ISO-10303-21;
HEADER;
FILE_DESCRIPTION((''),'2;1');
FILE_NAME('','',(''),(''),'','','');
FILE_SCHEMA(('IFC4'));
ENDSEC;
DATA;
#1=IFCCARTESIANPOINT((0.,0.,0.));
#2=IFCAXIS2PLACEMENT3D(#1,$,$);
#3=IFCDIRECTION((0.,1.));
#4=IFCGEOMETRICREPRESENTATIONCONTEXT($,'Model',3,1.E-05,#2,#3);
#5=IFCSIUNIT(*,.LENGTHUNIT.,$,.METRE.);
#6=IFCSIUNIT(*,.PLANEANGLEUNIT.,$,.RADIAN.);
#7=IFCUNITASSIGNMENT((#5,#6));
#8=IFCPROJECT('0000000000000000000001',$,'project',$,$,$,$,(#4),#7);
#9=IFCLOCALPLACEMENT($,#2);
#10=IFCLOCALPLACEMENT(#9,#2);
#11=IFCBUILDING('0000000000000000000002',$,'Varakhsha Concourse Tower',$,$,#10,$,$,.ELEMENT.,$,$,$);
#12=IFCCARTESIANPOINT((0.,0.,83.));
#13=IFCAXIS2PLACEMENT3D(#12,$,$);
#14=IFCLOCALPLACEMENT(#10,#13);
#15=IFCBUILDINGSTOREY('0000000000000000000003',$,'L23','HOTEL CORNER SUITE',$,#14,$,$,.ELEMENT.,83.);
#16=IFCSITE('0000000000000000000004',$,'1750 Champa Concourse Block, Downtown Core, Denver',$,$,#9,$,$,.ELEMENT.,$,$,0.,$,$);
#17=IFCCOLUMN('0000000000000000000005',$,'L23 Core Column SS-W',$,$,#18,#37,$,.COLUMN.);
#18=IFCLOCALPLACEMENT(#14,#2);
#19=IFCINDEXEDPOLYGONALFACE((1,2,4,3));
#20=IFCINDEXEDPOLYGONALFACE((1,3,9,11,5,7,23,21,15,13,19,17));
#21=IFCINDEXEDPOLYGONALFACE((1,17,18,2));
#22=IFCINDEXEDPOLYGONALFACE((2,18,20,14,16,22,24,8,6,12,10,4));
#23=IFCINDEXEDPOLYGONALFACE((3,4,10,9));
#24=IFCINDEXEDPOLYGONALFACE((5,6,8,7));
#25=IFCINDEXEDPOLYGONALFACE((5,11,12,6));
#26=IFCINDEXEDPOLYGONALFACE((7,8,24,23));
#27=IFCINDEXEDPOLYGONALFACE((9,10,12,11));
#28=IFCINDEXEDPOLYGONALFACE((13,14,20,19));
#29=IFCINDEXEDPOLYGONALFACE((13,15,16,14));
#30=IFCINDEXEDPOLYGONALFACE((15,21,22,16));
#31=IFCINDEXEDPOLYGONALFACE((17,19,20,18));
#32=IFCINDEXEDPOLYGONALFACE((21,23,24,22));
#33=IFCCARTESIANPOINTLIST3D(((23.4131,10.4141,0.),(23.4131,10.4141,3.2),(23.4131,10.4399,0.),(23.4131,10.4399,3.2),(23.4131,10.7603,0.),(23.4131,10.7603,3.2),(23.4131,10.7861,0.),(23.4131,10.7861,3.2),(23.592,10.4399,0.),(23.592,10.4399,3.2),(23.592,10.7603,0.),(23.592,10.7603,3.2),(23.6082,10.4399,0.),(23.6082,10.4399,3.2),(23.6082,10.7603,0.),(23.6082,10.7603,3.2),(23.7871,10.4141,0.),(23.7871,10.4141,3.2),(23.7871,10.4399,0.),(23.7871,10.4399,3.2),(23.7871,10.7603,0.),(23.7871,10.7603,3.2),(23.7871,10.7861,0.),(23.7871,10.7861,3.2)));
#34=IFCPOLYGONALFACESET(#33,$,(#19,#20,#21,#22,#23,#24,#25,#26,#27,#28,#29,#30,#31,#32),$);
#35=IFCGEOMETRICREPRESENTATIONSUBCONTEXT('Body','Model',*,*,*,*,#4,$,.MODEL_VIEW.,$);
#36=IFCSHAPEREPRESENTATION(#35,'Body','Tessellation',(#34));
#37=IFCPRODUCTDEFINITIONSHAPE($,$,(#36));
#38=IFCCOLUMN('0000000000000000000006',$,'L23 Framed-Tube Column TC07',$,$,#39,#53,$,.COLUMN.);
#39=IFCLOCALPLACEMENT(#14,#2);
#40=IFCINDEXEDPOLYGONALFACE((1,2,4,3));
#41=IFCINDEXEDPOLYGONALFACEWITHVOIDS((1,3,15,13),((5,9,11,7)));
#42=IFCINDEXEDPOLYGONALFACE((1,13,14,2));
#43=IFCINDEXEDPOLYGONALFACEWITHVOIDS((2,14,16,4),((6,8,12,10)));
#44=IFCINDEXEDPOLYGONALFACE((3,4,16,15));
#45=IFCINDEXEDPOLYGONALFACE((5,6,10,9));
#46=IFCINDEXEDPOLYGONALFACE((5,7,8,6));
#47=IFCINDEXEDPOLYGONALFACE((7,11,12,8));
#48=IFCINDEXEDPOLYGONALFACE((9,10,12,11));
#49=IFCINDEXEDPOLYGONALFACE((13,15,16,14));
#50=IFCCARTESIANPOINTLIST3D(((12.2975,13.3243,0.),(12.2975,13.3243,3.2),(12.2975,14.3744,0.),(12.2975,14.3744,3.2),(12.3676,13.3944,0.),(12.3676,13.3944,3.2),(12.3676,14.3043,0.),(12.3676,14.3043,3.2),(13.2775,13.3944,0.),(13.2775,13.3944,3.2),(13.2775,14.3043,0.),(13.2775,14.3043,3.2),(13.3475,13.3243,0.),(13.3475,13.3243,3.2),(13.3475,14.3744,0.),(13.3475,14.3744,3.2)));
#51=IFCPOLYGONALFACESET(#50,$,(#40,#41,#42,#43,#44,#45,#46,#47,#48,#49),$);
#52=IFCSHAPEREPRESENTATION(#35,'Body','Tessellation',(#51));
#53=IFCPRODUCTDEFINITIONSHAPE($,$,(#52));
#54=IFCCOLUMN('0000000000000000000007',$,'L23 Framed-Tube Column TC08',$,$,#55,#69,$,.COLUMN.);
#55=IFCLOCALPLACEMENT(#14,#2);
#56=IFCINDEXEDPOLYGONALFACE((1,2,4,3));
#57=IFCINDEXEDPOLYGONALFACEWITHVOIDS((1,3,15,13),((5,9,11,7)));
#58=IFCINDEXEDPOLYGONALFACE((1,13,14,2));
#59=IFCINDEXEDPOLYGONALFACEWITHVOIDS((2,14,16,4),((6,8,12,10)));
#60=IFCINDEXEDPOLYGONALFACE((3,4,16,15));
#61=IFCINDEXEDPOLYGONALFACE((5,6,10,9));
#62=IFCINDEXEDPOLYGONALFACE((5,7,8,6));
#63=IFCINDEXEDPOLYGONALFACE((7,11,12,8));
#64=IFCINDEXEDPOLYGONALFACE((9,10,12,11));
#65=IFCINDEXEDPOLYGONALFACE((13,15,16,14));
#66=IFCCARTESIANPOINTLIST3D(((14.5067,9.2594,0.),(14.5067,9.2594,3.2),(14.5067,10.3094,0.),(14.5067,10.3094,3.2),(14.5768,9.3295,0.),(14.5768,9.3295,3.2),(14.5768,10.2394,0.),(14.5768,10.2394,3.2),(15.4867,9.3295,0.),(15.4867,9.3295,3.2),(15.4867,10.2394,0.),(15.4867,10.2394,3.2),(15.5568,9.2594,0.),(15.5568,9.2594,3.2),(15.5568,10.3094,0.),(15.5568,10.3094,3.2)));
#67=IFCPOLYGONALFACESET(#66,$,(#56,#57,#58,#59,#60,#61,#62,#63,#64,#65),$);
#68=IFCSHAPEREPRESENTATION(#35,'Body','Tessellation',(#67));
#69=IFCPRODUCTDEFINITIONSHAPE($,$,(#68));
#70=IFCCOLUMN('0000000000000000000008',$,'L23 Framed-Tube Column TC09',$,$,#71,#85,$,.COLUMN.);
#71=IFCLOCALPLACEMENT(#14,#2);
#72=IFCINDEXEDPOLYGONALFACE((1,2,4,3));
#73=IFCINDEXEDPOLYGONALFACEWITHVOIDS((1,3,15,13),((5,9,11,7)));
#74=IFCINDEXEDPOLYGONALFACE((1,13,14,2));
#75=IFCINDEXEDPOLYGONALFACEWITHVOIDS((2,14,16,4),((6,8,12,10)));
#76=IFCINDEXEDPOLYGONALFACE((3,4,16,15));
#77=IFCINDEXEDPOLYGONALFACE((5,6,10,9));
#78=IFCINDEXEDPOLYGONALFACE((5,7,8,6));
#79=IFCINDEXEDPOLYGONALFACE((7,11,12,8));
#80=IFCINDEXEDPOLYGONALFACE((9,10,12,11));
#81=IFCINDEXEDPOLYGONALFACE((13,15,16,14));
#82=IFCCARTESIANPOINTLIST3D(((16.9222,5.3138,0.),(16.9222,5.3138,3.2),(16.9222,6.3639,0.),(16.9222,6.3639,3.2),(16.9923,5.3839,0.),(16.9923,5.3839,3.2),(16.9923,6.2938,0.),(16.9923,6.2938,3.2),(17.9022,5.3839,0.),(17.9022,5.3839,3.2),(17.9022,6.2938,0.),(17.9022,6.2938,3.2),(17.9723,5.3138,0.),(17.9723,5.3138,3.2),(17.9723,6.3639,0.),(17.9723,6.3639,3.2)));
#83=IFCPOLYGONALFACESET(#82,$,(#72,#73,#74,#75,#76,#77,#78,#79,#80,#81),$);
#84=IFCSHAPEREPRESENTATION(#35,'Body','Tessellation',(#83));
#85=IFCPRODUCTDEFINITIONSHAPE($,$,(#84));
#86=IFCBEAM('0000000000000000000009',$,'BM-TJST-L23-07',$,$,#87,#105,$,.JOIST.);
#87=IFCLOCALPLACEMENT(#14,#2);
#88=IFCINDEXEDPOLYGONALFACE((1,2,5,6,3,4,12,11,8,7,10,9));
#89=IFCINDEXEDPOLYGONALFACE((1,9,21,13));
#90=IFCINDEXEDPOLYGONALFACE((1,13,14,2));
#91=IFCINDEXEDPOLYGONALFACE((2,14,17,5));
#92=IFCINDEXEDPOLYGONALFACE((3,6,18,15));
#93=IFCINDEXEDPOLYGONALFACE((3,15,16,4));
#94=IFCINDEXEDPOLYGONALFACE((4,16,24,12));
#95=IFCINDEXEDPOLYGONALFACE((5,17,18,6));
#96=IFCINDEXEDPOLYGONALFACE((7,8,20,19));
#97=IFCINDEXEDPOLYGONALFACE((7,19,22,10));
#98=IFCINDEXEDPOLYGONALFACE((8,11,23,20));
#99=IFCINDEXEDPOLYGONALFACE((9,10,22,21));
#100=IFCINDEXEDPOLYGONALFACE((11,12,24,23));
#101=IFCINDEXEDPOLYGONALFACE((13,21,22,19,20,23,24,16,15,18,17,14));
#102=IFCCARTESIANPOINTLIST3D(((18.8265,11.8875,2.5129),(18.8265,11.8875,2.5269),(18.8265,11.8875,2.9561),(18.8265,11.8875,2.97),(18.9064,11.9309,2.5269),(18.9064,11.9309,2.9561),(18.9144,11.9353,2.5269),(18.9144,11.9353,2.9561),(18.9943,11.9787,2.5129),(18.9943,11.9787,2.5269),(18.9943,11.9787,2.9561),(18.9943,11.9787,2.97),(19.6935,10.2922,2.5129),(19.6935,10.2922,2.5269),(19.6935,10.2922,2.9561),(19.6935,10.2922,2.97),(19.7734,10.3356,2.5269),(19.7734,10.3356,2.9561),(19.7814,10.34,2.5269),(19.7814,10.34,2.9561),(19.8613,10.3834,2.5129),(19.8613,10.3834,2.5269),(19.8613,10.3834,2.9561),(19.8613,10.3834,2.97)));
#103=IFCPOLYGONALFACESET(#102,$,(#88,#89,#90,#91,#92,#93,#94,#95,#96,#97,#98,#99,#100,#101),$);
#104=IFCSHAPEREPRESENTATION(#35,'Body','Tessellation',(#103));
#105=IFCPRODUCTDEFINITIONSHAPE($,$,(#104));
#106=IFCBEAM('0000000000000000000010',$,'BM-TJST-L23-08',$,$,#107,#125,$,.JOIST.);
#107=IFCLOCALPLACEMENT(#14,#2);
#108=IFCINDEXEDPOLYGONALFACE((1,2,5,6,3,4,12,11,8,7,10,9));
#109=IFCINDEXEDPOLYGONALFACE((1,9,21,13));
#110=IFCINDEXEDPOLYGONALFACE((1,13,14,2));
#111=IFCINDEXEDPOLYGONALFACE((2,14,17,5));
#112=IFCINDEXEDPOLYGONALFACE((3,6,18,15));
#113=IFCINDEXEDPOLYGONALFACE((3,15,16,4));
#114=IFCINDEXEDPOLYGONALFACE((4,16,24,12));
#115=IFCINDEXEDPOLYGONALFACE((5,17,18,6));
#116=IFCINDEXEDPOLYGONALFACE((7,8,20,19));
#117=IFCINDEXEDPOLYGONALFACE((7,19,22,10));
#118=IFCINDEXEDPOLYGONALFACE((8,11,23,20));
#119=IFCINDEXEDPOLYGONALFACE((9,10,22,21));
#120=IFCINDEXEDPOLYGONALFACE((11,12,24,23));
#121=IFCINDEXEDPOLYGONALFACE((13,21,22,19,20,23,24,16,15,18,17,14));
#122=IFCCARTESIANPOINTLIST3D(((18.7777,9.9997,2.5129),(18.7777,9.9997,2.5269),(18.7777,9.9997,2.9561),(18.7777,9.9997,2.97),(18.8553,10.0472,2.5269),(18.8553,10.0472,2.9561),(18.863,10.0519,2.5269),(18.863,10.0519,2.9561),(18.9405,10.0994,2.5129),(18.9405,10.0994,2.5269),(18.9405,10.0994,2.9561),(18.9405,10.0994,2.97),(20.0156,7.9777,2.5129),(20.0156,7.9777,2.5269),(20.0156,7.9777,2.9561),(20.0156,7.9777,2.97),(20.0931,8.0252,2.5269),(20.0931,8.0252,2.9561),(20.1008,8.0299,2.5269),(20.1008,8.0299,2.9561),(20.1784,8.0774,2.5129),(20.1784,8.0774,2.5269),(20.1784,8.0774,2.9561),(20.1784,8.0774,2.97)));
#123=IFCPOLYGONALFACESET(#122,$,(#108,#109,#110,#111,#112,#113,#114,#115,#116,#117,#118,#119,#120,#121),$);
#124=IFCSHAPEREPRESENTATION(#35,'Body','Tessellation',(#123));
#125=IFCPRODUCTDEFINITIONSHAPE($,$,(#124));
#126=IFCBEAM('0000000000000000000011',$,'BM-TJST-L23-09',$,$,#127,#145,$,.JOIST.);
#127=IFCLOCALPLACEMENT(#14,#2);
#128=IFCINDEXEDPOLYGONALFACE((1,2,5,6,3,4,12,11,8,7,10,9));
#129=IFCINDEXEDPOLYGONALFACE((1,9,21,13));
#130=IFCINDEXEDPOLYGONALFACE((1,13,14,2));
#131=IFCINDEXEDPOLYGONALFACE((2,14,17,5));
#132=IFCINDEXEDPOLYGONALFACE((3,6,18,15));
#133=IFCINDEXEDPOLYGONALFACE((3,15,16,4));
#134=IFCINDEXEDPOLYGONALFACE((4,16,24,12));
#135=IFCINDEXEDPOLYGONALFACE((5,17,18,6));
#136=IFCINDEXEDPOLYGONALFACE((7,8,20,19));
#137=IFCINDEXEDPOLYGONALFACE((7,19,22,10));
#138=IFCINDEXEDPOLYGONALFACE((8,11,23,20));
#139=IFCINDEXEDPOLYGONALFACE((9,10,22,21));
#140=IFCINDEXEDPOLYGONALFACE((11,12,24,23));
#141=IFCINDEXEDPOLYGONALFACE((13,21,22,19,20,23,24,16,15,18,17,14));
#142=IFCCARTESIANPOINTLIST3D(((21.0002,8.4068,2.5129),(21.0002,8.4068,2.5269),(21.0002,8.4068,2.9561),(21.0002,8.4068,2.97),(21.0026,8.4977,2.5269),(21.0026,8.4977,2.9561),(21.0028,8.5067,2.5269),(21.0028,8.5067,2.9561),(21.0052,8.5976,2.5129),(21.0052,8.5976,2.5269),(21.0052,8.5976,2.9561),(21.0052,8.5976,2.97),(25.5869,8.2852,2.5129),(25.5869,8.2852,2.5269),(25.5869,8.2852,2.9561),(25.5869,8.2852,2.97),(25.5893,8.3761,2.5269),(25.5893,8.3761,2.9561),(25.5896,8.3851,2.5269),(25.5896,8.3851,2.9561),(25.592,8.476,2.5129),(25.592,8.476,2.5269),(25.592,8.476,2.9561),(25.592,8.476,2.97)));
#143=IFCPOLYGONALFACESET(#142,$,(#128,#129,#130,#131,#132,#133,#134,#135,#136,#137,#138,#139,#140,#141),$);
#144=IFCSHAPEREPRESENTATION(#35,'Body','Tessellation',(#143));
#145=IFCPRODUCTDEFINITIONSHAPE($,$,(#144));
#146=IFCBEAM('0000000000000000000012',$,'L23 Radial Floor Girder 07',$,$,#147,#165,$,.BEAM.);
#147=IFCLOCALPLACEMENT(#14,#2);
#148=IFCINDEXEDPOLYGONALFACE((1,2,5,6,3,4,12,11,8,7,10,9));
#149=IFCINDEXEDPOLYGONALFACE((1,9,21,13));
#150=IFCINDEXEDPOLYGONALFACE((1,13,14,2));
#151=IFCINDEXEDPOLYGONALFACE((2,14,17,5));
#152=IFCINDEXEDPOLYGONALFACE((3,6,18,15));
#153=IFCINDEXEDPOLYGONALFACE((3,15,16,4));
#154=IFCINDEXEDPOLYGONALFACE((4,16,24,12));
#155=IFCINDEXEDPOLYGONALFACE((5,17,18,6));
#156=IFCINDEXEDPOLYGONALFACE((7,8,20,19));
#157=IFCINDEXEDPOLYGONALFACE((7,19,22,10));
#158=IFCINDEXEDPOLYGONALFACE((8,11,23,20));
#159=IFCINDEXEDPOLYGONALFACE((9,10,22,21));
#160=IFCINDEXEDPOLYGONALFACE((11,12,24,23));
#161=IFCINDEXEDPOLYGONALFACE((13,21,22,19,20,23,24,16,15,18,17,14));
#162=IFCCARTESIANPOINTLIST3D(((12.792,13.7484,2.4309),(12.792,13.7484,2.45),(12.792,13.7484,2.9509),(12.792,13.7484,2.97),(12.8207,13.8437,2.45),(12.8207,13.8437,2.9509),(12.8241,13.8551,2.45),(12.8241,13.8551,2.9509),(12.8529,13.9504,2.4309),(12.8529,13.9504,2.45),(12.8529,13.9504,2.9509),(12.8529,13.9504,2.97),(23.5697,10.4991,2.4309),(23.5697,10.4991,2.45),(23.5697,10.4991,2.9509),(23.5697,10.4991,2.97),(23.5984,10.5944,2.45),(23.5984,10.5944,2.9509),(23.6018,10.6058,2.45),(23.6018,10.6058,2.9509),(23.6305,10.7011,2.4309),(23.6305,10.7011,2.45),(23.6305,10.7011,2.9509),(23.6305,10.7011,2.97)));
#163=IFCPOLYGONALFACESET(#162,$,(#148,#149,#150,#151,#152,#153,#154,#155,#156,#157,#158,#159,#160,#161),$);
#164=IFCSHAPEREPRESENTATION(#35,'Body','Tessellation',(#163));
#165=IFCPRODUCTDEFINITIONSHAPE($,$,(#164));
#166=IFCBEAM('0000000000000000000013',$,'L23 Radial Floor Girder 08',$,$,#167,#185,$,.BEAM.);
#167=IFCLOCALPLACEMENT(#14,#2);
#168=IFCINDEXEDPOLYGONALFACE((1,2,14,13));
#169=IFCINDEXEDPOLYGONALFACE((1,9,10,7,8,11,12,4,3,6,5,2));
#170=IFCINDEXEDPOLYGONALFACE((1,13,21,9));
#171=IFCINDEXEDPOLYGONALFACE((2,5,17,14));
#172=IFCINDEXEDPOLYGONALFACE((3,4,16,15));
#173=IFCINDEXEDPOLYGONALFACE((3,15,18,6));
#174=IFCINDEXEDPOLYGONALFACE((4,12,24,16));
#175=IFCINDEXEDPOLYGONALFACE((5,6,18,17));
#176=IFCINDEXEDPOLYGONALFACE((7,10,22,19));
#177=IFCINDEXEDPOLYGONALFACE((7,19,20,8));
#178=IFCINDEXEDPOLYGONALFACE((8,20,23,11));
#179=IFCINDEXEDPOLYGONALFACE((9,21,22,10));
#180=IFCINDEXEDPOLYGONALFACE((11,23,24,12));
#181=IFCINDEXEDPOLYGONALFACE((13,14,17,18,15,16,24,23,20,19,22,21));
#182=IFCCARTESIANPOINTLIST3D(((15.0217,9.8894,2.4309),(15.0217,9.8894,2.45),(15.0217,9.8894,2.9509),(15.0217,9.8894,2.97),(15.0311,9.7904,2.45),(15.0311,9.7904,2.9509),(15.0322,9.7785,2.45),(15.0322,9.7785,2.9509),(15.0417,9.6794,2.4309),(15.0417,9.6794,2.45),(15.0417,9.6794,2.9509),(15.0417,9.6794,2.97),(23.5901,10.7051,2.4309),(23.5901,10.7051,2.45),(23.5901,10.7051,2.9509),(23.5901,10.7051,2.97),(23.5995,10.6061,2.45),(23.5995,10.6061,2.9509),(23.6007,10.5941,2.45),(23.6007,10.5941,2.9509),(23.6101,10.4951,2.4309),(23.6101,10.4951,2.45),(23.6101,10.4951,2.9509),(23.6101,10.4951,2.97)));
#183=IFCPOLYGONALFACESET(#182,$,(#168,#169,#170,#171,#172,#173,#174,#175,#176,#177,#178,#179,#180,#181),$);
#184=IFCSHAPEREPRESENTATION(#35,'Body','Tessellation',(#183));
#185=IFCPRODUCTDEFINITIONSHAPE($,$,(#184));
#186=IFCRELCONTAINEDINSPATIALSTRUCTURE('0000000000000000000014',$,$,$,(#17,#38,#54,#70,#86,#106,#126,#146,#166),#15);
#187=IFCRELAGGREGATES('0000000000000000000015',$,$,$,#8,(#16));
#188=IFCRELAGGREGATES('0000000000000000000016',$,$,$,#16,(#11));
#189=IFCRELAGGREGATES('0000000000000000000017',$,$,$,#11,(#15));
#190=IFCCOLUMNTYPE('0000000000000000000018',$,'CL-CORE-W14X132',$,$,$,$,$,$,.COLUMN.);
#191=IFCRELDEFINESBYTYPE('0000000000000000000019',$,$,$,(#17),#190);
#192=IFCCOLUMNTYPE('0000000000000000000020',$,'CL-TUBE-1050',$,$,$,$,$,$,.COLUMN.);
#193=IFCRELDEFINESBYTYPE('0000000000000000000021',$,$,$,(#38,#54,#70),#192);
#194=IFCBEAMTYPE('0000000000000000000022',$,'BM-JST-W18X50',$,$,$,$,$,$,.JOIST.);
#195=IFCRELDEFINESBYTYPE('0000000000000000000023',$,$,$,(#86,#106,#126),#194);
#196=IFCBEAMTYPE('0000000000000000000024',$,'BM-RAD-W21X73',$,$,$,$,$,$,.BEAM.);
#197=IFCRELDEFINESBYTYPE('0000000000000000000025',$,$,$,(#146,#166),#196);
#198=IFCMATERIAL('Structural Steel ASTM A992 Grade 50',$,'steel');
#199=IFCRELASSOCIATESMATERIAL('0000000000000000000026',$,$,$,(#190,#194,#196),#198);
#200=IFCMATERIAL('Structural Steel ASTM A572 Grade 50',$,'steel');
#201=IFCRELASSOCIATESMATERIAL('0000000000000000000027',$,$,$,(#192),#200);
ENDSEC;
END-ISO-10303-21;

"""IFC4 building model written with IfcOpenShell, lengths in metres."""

from ifc_helpers import new_model, si_unit, direction, frame, origin, origin_2d, place, context, subcontext, project, spatial, hollow_rectangle, i_section, extrude, material, material_profile, profile_set, type_object, element, save


model = new_model("IFC4")

# Units and contexts
model_context = context("Model", 3, precision=1e-05, world=origin(), true_north=direction((0.0, 1.0)))
body_context = subcontext(model_context, "Body", "Model", "MODEL_VIEW")
ifc_project = project(units=[si_unit("LENGTHUNIT", "METRE"), si_unit("PLANEANGLEUNIT", "RADIAN")], contexts=[model_context])

# Site, building, storey
site_placement = place(None, origin())
site = spatial("IfcSite", under=ifc_project, at=site_placement, Name="1750 Champa Concourse Block, Downtown Core, Denver", CompositionType="ELEMENT", RefElevation=0.0)
building_placement = place(site_placement, origin())
building = spatial("IfcBuilding", under=site, at=building_placement, Name="Varakhsha Concourse Tower", CompositionType="ELEMENT")
storey_placement = place(building_placement, frame((0.0, 0.0, 83.0)))
storey = spatial("IfcBuildingStorey", under=building, at=storey_placement, Name="L23", Description="HOTEL CORNER SUITE", CompositionType="ELEMENT", Elevation=83.0)

# Columns
ifc_material_1 = material(Name="Structural Steel ASTM A992 Grade 50", Category="steel")
ifc_material_profile_1 = material_profile(ifc_material_1, i_section(OverallWidth=0.374, OverallDepth=0.3721, WebThickness=0.0161, FlangeThickness=0.0259, at=origin_2d()), Name="W14X132")
ifc_profile_set_1 = profile_set([ifc_material_profile_1], Name="Structural Steel ASTM A992 Grade 50")
column_type_1 = type_object("IfcColumnType", Name="CL-CORE-W14X132", PredefinedType="COLUMN", material=ifc_profile_set_1)
column_placement = place(storey_placement, frame((23.6001, 10.6001, 0.0), z_axis=(0.0, 0.0, 1.0), x_axis=(1.0, 0.0, 0.0)))
element("IfcColumn", 1, at=column_placement, inside=storey, type_object=column_type_1, Name="L23 Core Column SS-W", PredefinedType="COLUMN", context=body_context, shape_type="SweptSolid", body=[
    extrude(i_section(OverallWidth=0.374, OverallDepth=0.3721, WebThickness=0.0161, FlangeThickness=0.0259, at=origin_2d()), origin(), (0.0, 0.0, 1.0), 3.2),
])
ifc_material_2 = material(Name="Structural Steel ASTM A572 Grade 50", Category="steel")
ifc_material_profile_2 = material_profile(ifc_material_2, hollow_rectangle(XDim=1.05, YDim=1.05, WallThickness=0.0701, at=origin_2d()), Name="BOX 1050x1050x70")
ifc_profile_set_2 = profile_set([ifc_material_profile_2], Name="Structural Steel ASTM A572 Grade 50")
column_type_2 = type_object("IfcColumnType", Name="CL-TUBE-1050", PredefinedType="COLUMN", material=ifc_profile_set_2)
for number, where, z_axis, x_axis, name in (
    (2, (12.8225, 13.8494, 0.0), (0.0, 0.0, 1.0), (1.0, 0.0, 0.0), "L23 Framed-Tube Column TC07"),
    (3, (15.0317, 9.7844, 0.0), (0.0, 0.0, 1.0), (1.0, 0.0, 0.0), "L23 Framed-Tube Column TC08"),
    (4, (17.4473, 5.8389, 0.0), (0.0, 0.0, 1.0), (1.0, 0.0, 0.0), "L23 Framed-Tube Column TC09"),
):
    element("IfcColumn", number, at=place(storey_placement, frame(where, z_axis=z_axis, x_axis=x_axis)), inside=storey, type_object=column_type_2, Name=name, PredefinedType="COLUMN", context=body_context, shape_type="SweptSolid", body=[
        extrude(hollow_rectangle(XDim=1.05, YDim=1.05, WallThickness=0.0701, at=origin_2d()), origin(), (0.0, 0.0, 1.0), 3.2),
    ])

# Beams
ifc_material_profile_3 = material_profile(ifc_material_1, i_section(OverallWidth=0.1909, OverallDepth=0.457, WebThickness=0.009, FlangeThickness=0.0139, at=origin_2d()), Name="W18X50")
ifc_profile_set_3 = profile_set([ifc_material_profile_3], Name="Structural Steel ASTM A992 Grade 50")
beam_type_1 = type_object("IfcBeamType", Name="BM-JST-W18X50", PredefinedType="JOIST", material=ifc_profile_set_3)
beam_1_placement = place(storey_placement, frame((18.9104, 11.9331, 2.7415), z_axis=(0.477504, -0.878629, 0.0), x_axis=(0.878629, 0.477504, 0.0)))
element("IfcBeam", 5, at=beam_1_placement, inside=storey, type_object=beam_type_1, Name="BM-TJST-L23-07", PredefinedType="JOIST", context=body_context, shape_type="SweptSolid", body=[
    extrude(i_section(OverallWidth=0.1909, OverallDepth=0.457, WebThickness=0.009, FlangeThickness=0.0139, at=origin_2d()), origin(), (0.0, 0.0, 1.0), 1.8157),
])
beam_2_placement = place(storey_placement, frame((18.8591, 10.0496, 2.7415), z_axis=(0.522108, -0.852879, 0.0), x_axis=(0.852879, 0.522108, 0.0)))
element("IfcBeam", 6, at=beam_2_placement, inside=storey, type_object=beam_type_1, Name="BM-TJST-L23-08", PredefinedType="JOIST", context=body_context, shape_type="SweptSolid", body=[
    extrude(i_section(OverallWidth=0.1909, OverallDepth=0.457, WebThickness=0.009, FlangeThickness=0.0139, at=origin_2d()), origin(), (0.0, 0.0, 1.0), 2.3708),
])
beam_3_placement = place(storey_placement, frame((21.0027, 8.5022, 2.7415), z_axis=(0.999649, -0.026498, 0.0), x_axis=(0.026498, 0.999649, 0.0)))
element("IfcBeam", 7, at=beam_3_placement, inside=storey, type_object=beam_type_1, Name="BM-TJST-L23-09", PredefinedType="JOIST", context=body_context, shape_type="SweptSolid", body=[
    extrude(i_section(OverallWidth=0.1909, OverallDepth=0.457, WebThickness=0.009, FlangeThickness=0.0139, at=origin_2d()), origin(), (0.0, 0.0, 1.0), 4.5884),
])
ifc_material_profile_4 = material_profile(ifc_material_1, i_section(OverallWidth=0.2109, OverallDepth=0.5391, WebThickness=0.012, FlangeThickness=0.019, at=origin_2d()), Name="W21X73")
ifc_profile_set_4 = profile_set([ifc_material_profile_4], Name="Structural Steel ASTM A992 Grade 50")
beam_type_2 = type_object("IfcBeamType", Name="BM-RAD-W21X73", PredefinedType="BEAM", material=ifc_profile_set_4)
beam_4_placement = place(storey_placement, frame((23.6001, 10.6001, 2.7004), z_axis=(-0.957434, 0.288651, 0.0), x_axis=(-0.288651, -0.957434, 0.0)))
element("IfcBeam", 8, at=beam_4_placement, inside=storey, type_object=beam_type_2, Name="L23 Radial Floor Girder 07", PredefinedType="BEAM", context=body_context, shape_type="SweptSolid", body=[
    extrude(i_section(OverallWidth=0.2109, OverallDepth=0.5391, WebThickness=0.012, FlangeThickness=0.019, at=origin_2d()), origin(), (0.0, 0.0, 1.0), 11.2568),
])
beam_5_placement = place(storey_placement, frame((23.6001, 10.6001, 2.7004), z_axis=(-0.995499, -0.094768, 0.0), x_axis=(0.094768, -0.995499, 0.0)))
element("IfcBeam", 9, at=beam_5_placement, inside=storey, type_object=beam_type_2, Name="L23 Radial Floor Girder 08", PredefinedType="BEAM", context=body_context, shape_type="SweptSolid", body=[
    extrude(i_section(OverallWidth=0.2109, OverallDepth=0.5391, WebThickness=0.012, FlangeThickness=0.019, at=origin_2d()), origin(), (0.0, 0.0, 1.0), 8.6072),
])

save(model, "model.ifc")
